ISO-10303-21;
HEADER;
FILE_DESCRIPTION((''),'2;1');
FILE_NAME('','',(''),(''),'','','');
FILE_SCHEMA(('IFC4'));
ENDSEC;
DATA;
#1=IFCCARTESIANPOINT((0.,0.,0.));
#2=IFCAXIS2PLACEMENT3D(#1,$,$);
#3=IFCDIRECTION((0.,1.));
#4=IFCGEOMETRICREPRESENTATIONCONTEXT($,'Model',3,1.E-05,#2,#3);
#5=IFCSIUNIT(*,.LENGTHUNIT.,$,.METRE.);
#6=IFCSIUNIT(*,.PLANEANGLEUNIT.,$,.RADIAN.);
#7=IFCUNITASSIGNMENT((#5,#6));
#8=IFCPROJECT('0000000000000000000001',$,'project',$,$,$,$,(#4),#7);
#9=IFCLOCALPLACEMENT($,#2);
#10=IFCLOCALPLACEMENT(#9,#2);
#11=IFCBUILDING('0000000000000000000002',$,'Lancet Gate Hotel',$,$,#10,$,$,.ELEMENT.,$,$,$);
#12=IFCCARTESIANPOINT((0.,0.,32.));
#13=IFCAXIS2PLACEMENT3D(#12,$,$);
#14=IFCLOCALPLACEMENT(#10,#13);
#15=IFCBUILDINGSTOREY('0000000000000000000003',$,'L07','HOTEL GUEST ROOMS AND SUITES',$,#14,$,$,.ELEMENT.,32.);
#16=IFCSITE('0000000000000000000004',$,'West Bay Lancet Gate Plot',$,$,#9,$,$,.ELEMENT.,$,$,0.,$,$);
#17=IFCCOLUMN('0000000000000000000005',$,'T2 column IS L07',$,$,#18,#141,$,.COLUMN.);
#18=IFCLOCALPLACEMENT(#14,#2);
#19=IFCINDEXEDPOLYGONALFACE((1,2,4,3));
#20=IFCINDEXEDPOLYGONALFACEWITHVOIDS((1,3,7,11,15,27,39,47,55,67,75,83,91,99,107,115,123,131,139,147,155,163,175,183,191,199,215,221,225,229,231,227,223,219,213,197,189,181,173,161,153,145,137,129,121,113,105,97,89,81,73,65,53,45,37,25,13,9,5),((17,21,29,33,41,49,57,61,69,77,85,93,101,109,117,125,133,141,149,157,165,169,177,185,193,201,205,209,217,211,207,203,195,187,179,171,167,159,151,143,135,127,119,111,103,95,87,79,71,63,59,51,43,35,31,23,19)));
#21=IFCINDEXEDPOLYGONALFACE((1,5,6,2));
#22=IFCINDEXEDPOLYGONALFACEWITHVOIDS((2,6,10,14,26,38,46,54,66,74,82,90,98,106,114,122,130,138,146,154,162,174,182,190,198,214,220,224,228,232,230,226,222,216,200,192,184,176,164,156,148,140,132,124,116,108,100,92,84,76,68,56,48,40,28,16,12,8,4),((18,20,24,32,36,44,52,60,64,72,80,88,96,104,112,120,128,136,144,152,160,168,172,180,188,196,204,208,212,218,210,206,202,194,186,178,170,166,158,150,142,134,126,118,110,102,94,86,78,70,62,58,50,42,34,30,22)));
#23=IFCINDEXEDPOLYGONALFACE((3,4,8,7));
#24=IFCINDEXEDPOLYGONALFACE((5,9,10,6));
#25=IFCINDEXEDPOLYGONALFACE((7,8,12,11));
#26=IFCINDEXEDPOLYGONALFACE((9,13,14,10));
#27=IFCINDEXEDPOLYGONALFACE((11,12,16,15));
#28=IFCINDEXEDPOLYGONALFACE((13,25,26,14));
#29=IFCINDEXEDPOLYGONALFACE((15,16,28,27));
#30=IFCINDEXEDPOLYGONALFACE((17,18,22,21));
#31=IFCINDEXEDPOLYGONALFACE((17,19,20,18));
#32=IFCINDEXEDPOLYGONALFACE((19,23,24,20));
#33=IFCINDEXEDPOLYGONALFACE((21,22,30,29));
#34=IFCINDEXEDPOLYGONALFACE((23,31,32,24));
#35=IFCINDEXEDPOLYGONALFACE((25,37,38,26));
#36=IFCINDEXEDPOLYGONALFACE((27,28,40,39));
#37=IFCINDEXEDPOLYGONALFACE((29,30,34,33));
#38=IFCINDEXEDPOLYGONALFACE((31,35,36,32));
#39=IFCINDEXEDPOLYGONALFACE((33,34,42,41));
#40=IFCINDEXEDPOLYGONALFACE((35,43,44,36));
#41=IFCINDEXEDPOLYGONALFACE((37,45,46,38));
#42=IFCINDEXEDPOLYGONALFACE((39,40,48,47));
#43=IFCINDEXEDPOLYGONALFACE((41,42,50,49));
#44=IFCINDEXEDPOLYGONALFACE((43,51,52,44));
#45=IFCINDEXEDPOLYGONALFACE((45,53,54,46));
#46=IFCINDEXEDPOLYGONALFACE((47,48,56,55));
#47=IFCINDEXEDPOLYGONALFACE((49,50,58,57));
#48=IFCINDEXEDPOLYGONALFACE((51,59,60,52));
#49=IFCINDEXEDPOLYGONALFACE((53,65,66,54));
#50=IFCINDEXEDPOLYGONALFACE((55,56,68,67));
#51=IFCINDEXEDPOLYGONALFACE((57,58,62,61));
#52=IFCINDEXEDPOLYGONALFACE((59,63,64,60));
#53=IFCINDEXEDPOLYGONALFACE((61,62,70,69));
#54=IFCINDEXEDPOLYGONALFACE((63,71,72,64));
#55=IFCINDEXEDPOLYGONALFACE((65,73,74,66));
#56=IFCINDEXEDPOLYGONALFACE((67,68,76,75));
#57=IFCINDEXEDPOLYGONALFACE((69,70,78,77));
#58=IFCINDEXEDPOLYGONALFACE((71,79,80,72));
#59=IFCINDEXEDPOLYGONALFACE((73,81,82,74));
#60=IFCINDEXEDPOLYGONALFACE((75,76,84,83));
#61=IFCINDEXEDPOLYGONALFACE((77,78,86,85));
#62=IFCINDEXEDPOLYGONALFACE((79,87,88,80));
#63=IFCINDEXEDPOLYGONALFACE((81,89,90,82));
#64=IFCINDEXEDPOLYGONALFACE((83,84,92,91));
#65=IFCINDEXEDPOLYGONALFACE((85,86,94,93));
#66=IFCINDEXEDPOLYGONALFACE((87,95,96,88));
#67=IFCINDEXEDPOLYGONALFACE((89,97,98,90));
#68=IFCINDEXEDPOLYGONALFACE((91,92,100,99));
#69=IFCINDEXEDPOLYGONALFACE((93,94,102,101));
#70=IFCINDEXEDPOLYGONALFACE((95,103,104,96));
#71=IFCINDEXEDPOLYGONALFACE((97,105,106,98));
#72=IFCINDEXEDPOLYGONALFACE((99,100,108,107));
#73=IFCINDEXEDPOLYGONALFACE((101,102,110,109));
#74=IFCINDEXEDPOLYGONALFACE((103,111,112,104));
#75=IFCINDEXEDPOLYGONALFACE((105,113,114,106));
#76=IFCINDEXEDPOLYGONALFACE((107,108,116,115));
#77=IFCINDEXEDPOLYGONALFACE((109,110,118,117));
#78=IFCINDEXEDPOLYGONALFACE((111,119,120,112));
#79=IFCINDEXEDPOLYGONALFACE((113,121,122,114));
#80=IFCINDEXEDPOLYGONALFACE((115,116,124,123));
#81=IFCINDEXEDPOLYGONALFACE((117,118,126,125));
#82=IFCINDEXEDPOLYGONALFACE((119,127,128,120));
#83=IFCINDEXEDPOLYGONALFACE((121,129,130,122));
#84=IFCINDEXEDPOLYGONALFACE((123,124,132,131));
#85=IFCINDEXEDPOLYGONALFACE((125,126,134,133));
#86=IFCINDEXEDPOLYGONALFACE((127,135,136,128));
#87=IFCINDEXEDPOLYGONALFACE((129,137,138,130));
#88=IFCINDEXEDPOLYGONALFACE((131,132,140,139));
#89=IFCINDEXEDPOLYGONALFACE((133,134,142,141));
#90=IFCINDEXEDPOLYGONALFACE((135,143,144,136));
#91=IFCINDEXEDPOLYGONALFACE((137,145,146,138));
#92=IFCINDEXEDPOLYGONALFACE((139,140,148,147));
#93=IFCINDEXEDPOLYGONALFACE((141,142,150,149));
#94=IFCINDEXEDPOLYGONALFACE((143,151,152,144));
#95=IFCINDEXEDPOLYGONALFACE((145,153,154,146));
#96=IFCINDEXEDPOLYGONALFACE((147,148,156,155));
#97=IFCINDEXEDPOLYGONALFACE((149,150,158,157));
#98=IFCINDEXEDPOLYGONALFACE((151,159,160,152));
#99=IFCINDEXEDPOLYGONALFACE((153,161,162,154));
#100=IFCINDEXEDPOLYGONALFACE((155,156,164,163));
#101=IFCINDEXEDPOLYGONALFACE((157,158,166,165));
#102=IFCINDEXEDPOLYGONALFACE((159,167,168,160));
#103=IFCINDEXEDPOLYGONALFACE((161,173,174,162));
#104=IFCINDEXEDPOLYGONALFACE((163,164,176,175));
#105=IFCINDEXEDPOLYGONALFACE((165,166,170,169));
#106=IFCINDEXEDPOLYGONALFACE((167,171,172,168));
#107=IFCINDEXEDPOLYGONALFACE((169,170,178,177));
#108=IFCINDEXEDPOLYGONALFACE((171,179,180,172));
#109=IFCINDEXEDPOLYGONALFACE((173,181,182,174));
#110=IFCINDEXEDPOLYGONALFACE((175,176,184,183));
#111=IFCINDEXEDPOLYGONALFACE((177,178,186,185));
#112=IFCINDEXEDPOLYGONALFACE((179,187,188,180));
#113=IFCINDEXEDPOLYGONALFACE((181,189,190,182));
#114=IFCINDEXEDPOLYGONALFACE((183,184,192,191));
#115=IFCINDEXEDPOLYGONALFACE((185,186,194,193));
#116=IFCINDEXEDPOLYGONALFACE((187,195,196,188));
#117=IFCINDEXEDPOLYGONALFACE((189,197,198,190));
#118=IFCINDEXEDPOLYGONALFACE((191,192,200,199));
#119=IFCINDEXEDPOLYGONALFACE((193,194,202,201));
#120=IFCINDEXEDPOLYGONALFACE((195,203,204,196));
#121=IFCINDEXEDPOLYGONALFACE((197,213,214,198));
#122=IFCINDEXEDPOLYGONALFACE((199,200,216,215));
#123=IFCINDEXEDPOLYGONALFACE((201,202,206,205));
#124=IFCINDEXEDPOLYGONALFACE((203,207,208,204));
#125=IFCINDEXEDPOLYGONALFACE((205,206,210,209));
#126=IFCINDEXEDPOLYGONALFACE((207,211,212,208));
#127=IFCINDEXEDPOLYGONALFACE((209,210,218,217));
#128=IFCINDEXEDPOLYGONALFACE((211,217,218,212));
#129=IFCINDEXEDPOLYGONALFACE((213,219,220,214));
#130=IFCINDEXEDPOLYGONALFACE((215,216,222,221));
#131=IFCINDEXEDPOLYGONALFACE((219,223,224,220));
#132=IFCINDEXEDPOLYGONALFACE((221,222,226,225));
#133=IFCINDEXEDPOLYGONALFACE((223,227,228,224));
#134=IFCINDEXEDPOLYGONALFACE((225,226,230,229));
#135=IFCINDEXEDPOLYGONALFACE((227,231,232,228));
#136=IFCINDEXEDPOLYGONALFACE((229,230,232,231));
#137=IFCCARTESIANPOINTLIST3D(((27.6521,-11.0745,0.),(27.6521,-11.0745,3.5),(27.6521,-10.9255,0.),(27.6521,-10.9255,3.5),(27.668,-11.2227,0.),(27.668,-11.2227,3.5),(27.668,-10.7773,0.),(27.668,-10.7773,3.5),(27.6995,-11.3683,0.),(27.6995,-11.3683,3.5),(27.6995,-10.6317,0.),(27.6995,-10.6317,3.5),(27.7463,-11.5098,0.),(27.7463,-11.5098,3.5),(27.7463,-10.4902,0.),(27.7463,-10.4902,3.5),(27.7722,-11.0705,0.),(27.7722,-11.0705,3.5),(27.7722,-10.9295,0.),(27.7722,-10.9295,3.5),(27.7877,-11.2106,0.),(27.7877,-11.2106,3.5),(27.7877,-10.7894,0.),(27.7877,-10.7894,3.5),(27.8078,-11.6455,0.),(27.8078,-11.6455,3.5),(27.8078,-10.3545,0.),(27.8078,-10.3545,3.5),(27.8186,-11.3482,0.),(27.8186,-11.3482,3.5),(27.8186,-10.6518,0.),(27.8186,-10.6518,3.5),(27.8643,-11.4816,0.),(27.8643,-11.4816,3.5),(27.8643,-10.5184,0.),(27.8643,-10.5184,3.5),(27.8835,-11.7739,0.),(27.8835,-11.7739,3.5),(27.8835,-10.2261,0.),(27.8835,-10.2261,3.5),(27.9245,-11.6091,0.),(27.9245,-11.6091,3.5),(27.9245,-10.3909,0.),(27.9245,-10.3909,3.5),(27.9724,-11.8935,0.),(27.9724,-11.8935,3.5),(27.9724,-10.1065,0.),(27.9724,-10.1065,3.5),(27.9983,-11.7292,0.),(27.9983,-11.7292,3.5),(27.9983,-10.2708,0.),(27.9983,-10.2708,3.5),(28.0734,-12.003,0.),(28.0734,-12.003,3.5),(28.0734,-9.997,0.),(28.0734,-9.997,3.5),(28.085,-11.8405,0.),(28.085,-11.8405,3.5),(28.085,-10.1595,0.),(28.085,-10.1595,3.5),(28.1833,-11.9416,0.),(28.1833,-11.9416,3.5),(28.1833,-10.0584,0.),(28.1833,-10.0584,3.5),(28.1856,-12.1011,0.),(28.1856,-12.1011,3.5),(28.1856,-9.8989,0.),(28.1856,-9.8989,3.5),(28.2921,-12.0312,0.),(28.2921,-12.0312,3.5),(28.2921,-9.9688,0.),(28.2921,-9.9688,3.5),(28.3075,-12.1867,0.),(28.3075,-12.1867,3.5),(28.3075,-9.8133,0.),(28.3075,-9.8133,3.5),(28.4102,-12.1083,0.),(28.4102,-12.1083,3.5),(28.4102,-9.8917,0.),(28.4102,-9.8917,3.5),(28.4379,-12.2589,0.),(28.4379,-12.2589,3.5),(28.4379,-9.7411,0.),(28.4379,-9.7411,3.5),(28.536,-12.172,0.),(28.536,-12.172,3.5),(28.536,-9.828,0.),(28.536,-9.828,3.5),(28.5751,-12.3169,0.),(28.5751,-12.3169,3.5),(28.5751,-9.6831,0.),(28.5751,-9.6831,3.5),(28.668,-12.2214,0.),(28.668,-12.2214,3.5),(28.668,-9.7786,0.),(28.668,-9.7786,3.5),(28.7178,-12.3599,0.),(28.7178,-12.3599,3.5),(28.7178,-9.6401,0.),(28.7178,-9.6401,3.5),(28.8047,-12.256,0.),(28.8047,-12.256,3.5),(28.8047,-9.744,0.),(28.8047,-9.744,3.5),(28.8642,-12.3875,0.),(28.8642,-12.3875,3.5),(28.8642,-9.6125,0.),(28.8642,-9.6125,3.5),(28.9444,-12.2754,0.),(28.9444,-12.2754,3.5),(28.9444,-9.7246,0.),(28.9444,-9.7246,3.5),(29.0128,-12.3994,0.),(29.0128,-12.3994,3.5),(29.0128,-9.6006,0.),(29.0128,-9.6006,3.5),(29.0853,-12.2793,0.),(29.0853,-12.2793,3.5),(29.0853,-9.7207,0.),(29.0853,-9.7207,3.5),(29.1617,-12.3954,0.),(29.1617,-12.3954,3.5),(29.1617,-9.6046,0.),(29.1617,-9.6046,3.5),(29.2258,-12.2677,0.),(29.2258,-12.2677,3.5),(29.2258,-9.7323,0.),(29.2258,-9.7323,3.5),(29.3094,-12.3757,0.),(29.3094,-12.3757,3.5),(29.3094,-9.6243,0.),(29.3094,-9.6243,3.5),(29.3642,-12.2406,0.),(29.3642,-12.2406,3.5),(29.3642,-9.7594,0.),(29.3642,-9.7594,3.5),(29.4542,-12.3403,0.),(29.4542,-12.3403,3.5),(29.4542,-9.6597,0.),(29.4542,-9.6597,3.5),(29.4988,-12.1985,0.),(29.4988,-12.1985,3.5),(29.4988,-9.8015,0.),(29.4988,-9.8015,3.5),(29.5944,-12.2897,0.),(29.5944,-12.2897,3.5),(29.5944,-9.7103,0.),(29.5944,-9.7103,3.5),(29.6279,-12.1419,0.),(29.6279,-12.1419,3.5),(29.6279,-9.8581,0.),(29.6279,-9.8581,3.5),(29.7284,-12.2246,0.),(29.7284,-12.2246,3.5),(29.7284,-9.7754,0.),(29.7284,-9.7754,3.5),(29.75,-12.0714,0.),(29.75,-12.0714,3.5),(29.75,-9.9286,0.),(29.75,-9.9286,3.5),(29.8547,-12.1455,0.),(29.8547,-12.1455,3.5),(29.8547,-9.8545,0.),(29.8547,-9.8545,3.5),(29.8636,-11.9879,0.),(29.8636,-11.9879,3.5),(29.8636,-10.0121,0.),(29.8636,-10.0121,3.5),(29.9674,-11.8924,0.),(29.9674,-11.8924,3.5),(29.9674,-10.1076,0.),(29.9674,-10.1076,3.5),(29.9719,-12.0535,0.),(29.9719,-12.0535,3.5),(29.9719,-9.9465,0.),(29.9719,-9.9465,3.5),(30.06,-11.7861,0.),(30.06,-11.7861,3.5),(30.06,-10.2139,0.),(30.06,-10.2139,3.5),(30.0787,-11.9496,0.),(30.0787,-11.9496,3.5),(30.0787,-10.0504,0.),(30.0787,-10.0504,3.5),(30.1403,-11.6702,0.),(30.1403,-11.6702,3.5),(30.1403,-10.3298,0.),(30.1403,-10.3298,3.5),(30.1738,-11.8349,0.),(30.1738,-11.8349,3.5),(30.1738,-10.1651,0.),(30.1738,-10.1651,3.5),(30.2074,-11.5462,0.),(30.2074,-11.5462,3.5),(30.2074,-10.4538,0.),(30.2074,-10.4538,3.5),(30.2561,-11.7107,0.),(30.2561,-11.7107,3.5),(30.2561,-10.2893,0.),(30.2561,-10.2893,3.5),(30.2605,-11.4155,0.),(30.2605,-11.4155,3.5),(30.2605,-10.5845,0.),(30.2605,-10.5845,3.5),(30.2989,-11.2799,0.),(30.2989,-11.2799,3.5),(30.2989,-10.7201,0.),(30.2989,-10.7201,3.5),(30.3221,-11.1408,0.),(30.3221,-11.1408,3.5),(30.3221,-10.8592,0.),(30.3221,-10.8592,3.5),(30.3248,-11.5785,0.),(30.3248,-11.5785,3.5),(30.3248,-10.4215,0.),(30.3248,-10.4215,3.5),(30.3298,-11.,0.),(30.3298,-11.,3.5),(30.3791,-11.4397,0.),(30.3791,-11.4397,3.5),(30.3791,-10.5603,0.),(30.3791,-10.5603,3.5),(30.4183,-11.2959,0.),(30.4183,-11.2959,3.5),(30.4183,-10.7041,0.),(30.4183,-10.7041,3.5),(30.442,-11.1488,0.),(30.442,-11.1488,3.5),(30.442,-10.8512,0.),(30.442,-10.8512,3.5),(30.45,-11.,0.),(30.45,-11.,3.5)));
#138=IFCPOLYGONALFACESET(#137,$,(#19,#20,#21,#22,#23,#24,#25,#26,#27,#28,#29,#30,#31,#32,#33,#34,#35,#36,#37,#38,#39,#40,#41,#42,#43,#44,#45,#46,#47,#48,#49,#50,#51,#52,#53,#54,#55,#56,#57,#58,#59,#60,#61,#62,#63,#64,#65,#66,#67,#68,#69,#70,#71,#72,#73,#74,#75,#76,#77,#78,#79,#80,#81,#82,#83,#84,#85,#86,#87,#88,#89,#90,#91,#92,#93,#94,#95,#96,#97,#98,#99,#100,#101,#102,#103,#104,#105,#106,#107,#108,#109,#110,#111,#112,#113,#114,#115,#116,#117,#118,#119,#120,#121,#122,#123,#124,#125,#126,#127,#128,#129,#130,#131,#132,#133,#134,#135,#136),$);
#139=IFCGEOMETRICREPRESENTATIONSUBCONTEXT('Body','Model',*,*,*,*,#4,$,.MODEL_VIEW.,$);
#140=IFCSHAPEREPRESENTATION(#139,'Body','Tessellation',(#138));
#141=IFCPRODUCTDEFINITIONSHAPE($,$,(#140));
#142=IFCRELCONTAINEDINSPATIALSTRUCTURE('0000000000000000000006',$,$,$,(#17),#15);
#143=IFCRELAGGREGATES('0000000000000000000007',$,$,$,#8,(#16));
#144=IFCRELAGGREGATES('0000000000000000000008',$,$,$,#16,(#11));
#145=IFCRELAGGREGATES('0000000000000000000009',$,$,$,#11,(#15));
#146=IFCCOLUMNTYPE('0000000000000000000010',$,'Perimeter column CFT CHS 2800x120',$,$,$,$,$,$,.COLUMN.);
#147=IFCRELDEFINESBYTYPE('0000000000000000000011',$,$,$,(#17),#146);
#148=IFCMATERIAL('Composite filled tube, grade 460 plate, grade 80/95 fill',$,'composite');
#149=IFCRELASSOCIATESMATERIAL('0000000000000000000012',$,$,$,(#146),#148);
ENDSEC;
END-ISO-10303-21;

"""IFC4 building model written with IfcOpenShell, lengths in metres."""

from ifc_helpers import new_model, si_unit, direction, frame, origin, origin_2d, place, context, subcontext, project, spatial, hollow_circle, extrude, material, material_profile, profile_set, type_object, element, save


model = new_model("IFC4")

# Units and contexts
model_context = context("Model", 3, precision=1e-05, world=origin(), true_north=direction((0.0, 1.0)))
body_context = subcontext(model_context, "Body", "Model", "MODEL_VIEW")
ifc_project = project(units=[si_unit("LENGTHUNIT", "METRE"), si_unit("PLANEANGLEUNIT", "RADIAN")], contexts=[model_context])

# Site, building, storey
site_placement = place(None, origin())
site = spatial("IfcSite", under=ifc_project, at=site_placement, Name="West Bay Lancet Gate Plot", CompositionType="ELEMENT", RefElevation=0.0)
building_placement = place(site_placement, origin())
building = spatial("IfcBuilding", under=site, at=building_placement, Name="Lancet Gate Hotel", CompositionType="ELEMENT")
storey_placement = place(building_placement, frame((0.0, 0.0, 32.0)))
storey = spatial("IfcBuildingStorey", under=building, at=storey_placement, Name="L07", Description="HOTEL GUEST ROOMS AND SUITES", CompositionType="ELEMENT", Elevation=32.0)

# Column
ifc_material_1 = material(Name="Composite filled tube, grade 460 plate, grade 80/95 fill", Category="composite")
ifc_material_profile_1 = material_profile(ifc_material_1, hollow_circle(Radius=1.3999, WallThickness=0.1201, at=origin_2d()), Name="CHS 2800x120")
ifc_profile_set_1 = profile_set([ifc_material_profile_1], Name="Composite filled tube, grade 460 plate, grade 80/95 fill")
column_type = type_object("IfcColumnType", Name="Perimeter column CFT CHS 2800x120", PredefinedType="COLUMN", material=ifc_profile_set_1)
for number, where, z_axis, x_axis, name in (
    (1, (29.05, -11.0, 0.0), (0.0, 0.0, 1.0), (1.0, 0.0, 0.0), "T2 column IS L07"),
):
    element("IfcColumn", number, at=place(storey_placement, frame(where, z_axis=z_axis, x_axis=x_axis)), inside=storey, type_object=column_type, Name=name, PredefinedType="COLUMN", context=body_context, shape_type="SweptSolid", body=[
        extrude(hollow_circle(Radius=1.3999, WallThickness=0.1201, at=origin_2d()), origin(), (0.0, 0.0, 1.0), 3.5),
    ])

save(model, "model.ifc")
